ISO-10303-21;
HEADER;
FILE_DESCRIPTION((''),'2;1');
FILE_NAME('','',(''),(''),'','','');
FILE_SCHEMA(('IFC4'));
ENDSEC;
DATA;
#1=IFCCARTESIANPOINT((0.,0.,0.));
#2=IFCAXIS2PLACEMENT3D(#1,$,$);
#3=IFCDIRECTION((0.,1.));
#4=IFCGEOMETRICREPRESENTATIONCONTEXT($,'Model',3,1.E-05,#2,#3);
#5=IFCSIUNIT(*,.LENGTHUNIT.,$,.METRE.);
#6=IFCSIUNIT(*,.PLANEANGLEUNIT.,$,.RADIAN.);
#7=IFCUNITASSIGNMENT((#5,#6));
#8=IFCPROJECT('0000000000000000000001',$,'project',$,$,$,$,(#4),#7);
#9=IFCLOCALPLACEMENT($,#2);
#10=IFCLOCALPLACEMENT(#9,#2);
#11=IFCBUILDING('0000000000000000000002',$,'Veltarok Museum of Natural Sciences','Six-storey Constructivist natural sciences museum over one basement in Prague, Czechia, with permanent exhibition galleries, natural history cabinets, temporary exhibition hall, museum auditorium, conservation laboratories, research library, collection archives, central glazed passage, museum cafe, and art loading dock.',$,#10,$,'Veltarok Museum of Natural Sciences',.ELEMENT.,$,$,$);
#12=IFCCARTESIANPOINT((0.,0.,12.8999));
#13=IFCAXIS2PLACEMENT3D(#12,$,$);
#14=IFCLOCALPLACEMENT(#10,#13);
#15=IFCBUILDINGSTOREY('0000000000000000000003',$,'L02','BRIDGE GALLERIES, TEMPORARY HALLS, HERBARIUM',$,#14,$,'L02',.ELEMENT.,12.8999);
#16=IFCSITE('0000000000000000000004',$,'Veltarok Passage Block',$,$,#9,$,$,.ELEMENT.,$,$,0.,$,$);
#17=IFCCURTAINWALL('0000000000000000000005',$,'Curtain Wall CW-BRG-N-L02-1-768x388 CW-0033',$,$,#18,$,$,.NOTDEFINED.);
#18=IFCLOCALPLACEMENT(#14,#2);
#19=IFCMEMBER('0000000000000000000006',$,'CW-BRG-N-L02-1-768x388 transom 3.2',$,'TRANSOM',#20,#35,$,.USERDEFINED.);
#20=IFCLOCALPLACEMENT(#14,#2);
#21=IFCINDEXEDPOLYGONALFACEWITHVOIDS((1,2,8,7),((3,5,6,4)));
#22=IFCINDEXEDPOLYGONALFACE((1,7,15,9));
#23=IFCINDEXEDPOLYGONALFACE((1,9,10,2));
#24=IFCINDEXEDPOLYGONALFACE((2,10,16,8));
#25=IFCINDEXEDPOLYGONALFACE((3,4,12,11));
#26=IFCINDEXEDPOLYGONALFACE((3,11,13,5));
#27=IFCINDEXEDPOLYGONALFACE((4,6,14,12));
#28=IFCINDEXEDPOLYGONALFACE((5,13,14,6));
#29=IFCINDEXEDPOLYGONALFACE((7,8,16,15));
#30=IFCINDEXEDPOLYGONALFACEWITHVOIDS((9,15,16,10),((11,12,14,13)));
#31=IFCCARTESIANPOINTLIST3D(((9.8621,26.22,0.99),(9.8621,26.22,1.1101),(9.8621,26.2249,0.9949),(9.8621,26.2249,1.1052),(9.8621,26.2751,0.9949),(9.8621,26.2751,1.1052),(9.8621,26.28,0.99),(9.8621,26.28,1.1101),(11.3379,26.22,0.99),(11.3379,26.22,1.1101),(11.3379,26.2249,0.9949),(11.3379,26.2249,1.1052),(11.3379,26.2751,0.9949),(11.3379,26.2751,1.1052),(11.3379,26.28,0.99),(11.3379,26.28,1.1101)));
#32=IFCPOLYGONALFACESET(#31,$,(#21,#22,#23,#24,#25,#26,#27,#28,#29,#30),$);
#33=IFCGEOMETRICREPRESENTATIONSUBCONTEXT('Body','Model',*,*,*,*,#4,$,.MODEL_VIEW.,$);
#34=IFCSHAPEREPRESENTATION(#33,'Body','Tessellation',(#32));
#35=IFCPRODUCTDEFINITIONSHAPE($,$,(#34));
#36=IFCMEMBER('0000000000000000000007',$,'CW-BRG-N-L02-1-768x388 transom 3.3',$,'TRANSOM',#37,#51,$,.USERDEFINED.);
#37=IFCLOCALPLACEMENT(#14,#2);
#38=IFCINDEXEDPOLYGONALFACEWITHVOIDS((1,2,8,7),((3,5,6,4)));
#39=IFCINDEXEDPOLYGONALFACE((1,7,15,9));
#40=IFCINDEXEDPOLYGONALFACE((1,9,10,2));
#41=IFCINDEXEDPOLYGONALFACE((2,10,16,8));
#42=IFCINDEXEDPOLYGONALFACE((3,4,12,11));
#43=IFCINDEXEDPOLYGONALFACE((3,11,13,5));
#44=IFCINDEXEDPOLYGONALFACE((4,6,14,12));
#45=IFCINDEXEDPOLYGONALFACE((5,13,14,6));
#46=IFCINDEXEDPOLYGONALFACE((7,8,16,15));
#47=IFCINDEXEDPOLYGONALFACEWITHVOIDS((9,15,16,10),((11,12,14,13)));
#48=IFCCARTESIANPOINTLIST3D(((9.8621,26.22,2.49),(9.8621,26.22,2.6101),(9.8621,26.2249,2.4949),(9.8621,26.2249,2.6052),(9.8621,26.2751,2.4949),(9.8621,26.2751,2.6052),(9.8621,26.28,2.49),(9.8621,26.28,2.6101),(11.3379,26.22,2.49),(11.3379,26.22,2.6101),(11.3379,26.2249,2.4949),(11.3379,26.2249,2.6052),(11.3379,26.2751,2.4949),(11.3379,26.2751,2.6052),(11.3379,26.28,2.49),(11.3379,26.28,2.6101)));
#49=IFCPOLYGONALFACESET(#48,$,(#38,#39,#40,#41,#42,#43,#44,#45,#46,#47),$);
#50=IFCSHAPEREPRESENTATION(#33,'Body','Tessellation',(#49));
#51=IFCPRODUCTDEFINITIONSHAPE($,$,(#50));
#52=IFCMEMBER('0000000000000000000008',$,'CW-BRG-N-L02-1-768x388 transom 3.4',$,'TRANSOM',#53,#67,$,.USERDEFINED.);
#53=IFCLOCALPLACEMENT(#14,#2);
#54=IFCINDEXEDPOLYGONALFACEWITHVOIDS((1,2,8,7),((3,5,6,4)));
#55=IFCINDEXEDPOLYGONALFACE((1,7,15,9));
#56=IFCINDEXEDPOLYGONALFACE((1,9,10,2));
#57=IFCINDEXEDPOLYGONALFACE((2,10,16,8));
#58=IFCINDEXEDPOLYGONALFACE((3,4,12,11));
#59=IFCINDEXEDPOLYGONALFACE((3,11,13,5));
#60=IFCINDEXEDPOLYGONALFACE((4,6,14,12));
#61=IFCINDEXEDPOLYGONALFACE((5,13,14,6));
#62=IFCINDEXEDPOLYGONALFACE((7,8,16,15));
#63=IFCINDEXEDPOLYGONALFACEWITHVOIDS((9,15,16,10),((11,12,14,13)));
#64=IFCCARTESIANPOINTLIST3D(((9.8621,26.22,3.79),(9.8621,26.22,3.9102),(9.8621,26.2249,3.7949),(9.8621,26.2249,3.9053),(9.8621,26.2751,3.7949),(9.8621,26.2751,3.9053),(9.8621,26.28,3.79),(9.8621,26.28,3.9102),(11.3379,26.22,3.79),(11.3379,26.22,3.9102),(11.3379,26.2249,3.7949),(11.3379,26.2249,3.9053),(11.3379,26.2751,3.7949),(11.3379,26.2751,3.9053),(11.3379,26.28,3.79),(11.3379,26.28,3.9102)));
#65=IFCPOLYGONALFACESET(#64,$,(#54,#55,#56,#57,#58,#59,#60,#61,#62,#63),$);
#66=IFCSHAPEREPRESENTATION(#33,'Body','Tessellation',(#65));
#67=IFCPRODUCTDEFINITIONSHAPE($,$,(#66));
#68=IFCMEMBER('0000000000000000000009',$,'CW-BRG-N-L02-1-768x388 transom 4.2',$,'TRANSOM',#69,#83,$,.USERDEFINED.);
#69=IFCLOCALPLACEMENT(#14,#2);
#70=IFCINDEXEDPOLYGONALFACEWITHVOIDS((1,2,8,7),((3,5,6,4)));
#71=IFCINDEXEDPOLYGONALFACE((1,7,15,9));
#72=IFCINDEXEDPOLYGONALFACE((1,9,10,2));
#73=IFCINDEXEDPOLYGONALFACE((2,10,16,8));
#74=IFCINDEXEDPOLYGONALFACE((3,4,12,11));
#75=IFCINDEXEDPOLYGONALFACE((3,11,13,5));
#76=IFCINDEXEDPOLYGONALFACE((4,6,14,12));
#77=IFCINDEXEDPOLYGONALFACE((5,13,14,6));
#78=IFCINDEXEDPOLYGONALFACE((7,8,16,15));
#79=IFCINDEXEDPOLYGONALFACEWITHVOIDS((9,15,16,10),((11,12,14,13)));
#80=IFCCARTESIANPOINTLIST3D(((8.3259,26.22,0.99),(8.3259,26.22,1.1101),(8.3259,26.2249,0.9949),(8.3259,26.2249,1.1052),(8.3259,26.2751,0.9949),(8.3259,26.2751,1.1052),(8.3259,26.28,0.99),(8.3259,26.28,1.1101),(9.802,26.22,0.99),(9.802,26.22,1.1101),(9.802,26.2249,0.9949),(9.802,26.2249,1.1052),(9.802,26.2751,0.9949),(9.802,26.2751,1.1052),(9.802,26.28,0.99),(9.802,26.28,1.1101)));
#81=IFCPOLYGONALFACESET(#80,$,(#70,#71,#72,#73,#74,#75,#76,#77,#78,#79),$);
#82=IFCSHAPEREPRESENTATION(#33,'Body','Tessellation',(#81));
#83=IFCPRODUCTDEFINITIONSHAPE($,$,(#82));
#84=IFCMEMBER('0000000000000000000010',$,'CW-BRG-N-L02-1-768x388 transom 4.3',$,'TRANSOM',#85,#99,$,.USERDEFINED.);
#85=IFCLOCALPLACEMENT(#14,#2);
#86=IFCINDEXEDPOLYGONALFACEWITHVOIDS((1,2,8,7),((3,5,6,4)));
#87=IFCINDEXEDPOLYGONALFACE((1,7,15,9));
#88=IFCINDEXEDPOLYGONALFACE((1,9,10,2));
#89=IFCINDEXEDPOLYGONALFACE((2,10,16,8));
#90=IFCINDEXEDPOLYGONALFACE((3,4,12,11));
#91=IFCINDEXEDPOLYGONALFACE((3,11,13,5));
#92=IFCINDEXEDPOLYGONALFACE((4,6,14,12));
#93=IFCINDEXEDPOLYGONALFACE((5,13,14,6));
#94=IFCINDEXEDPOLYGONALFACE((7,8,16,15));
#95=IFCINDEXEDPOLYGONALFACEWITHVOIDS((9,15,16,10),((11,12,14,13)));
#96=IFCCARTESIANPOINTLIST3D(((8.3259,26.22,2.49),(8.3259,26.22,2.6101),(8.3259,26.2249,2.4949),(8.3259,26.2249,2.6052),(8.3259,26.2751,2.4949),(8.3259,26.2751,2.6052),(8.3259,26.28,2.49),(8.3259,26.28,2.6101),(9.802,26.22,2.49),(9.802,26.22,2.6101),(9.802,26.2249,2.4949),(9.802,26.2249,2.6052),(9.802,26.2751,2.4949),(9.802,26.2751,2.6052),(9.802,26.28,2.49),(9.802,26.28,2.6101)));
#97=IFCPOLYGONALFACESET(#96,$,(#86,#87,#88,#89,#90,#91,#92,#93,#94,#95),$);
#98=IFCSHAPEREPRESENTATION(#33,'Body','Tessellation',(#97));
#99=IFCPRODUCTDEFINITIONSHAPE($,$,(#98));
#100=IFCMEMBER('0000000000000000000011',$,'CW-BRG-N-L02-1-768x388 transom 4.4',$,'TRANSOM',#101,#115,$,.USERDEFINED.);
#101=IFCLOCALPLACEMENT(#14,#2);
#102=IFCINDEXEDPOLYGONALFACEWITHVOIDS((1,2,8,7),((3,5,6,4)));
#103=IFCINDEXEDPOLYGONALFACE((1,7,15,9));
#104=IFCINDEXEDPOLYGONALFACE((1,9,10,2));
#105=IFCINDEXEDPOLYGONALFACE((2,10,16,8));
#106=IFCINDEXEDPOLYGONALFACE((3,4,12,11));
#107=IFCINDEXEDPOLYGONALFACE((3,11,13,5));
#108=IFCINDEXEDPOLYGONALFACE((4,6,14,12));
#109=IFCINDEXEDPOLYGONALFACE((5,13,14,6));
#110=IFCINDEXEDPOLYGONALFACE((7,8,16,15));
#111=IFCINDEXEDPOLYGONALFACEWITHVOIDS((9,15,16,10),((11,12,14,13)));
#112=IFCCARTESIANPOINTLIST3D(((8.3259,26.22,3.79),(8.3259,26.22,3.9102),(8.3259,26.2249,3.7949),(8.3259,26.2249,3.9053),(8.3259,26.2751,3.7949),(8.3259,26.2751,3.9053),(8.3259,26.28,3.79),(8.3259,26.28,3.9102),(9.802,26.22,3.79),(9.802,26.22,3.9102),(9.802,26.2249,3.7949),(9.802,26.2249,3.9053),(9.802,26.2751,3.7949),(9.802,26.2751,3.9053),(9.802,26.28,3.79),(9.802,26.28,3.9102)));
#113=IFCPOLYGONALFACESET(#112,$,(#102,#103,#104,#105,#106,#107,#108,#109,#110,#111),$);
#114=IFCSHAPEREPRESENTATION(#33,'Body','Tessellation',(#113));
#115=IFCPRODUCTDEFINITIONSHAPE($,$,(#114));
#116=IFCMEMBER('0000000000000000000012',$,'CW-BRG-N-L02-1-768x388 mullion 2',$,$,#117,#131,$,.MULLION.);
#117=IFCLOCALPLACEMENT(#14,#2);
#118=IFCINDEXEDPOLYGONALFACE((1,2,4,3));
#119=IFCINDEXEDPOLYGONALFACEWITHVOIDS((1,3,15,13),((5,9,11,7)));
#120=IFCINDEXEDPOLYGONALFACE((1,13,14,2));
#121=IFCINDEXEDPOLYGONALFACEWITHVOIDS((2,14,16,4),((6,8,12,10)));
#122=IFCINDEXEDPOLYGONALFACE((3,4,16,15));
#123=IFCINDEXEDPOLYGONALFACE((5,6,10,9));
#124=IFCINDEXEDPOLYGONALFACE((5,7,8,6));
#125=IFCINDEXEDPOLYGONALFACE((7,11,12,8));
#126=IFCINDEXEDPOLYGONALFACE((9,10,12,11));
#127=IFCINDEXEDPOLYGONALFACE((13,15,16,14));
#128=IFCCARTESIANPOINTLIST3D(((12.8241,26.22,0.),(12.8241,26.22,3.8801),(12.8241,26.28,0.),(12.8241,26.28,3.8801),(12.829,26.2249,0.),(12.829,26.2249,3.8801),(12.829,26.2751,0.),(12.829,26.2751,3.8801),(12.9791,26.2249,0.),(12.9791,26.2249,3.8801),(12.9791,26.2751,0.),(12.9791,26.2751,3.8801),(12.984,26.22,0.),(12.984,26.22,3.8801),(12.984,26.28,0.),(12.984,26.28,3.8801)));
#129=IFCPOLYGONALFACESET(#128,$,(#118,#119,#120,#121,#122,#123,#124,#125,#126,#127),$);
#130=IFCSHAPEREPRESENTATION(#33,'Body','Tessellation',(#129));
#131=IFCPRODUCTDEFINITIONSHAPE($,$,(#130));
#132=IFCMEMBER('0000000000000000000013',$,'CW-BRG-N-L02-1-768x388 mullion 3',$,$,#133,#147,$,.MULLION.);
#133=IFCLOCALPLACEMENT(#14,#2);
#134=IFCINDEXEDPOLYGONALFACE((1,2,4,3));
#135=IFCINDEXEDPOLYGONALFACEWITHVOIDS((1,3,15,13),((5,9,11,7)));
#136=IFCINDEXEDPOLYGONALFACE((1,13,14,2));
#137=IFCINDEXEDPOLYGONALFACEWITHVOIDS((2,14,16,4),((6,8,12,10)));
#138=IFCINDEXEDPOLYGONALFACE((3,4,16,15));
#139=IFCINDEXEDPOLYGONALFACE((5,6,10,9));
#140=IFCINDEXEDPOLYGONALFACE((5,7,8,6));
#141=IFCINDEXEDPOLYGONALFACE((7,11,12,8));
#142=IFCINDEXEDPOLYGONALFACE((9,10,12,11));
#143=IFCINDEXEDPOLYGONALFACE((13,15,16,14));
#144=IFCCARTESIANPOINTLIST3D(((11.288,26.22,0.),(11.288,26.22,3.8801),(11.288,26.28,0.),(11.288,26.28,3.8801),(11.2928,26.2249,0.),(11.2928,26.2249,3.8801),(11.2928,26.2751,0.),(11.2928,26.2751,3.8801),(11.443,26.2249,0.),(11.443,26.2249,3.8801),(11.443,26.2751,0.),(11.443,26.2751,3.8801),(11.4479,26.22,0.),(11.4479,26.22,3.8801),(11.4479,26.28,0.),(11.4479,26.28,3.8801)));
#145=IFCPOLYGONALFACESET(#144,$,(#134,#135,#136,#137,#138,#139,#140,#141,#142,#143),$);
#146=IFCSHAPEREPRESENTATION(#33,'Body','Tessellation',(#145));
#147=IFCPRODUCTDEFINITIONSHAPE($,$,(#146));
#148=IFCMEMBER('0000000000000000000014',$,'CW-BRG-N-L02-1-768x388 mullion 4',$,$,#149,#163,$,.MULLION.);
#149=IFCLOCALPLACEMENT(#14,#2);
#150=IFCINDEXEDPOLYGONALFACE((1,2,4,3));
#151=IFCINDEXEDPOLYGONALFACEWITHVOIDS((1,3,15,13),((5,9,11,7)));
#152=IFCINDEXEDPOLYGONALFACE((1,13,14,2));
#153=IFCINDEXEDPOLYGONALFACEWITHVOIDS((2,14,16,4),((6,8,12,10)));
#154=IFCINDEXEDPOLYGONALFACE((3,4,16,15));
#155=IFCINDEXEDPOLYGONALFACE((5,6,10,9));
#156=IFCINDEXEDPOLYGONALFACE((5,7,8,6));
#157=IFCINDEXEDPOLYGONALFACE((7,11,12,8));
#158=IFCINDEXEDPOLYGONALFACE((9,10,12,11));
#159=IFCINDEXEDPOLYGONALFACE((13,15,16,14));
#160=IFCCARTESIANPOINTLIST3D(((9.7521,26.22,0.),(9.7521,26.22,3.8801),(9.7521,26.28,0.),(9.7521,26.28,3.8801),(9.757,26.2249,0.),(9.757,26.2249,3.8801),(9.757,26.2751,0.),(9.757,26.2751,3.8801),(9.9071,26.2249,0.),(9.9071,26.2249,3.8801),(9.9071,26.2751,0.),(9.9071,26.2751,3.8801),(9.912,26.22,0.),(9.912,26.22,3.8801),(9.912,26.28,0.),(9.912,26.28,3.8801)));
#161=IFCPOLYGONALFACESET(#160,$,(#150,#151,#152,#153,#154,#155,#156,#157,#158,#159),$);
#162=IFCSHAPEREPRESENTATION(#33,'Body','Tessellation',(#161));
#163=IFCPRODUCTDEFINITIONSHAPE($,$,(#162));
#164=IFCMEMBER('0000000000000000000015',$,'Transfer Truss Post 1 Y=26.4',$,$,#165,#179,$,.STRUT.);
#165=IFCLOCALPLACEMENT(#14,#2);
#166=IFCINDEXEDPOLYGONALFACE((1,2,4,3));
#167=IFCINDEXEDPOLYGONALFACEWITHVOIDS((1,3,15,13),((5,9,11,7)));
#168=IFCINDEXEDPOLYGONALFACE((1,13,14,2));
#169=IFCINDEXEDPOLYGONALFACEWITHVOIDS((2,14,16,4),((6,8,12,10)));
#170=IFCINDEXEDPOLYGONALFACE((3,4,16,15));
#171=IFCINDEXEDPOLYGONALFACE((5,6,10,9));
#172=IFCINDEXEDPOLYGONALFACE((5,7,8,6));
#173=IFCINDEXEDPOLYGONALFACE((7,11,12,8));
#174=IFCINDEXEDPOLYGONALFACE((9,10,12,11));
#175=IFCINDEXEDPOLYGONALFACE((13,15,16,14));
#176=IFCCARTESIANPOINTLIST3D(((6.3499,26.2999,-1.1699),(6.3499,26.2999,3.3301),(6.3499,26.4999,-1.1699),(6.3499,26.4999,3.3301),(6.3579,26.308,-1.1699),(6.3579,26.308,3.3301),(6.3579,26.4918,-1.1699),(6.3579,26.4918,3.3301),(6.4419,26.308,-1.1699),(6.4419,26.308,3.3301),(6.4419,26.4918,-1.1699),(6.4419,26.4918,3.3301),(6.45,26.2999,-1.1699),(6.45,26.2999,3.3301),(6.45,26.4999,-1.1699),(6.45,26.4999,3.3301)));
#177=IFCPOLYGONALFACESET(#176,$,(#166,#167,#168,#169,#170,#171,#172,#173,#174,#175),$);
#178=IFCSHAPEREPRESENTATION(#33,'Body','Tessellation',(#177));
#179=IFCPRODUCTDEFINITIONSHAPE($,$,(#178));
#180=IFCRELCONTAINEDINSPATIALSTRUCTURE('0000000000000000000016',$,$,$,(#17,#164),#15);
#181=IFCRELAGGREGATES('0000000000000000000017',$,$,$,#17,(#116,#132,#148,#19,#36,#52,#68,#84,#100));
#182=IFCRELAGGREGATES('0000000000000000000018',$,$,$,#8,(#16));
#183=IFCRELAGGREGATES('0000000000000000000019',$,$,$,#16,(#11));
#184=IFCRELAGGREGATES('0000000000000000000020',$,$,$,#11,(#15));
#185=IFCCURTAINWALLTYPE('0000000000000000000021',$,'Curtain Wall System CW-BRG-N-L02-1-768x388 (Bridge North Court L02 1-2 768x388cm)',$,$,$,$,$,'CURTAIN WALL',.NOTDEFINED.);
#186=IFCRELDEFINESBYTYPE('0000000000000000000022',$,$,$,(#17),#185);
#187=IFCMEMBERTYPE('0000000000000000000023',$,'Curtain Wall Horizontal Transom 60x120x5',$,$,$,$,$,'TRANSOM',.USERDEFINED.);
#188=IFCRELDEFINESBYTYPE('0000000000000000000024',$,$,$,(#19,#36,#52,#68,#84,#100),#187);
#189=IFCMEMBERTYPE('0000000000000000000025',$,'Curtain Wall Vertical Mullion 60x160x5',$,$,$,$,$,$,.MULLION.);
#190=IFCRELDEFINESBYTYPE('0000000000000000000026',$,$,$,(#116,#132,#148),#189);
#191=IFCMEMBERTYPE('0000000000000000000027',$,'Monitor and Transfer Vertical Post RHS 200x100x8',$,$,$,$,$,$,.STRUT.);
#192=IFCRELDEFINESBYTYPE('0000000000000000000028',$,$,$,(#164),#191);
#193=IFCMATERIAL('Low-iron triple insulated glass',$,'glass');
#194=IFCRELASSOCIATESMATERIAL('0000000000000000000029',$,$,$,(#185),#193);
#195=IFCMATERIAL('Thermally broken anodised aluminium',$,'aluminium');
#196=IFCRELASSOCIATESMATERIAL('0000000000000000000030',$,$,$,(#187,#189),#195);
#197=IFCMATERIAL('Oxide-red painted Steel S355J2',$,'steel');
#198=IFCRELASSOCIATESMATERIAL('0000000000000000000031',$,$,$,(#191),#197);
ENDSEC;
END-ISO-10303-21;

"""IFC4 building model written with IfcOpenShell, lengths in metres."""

from ifc_helpers import new_model, si_unit, direction, frame, origin, origin_2d, place, context, subcontext, project, spatial, hollow_rectangle, extrude, material, material_profile, profile_set, type_object, element, aggregate, save


model = new_model("IFC4")

# Units and contexts
model_context = context("Model", 3, precision=1e-05, world=origin(), true_north=direction((0.0, 1.0)))
body_context = subcontext(model_context, "Body", "Model", "MODEL_VIEW")
ifc_project = project(units=[si_unit("LENGTHUNIT", "METRE"), si_unit("PLANEANGLEUNIT", "RADIAN")], contexts=[model_context])

# Site, building, storey
site_placement = place(None, origin())
site = spatial("IfcSite", under=ifc_project, at=site_placement, Name="Veltarok Passage Block", CompositionType="ELEMENT", RefElevation=0.0)
building_placement = place(site_placement, origin())
building = spatial("IfcBuilding", under=site, at=building_placement, Name="Veltarok Museum of Natural Sciences", Description="Six-storey Constructivist natural sciences museum over one basement in Prague, Czechia, with permanent exhibition galleries, natural history cabinets, temporary exhibition hall, museum auditorium, conservation laboratories, research library, collection archives, central glazed passage, museum cafe, and art loading dock.", LongName="Veltarok Museum of Natural Sciences", CompositionType="ELEMENT")
storey_placement = place(building_placement, frame((0.0, 0.0, 12.8999)))
storey = spatial("IfcBuildingStorey", under=building, at=storey_placement, Name="L02", Description="BRIDGE GALLERIES, TEMPORARY HALLS, HERBARIUM", LongName="L02", CompositionType="ELEMENT", Elevation=12.8999)

# Curtain wall, members
ifc_material_1 = material(Name="Low-iron triple insulated glass", Category="glass")
curtain_wall_type = type_object("IfcCurtainWallType", Name="Curtain Wall System CW-BRG-N-L02-1-768x388 (Bridge North Court L02 1-2 768x388cm)", ElementType="CURTAIN WALL", PredefinedType="NOTDEFINED", material=ifc_material_1)
curtain_wall_placement = place(storey_placement, origin())
curtain_wall = element("IfcCurtainWall", 1, at=curtain_wall_placement, inside=storey, type_object=curtain_wall_type, Name="Curtain Wall CW-BRG-N-L02-1-768x388 CW-0033", PredefinedType="NOTDEFINED")
ifc_material_2 = material(Name="Thermally broken anodised aluminium", Category="aluminium")
ifc_material_profile_1 = material_profile(ifc_material_2, hollow_rectangle(XDim=0.0601, YDim=0.1201, WallThickness=0.0049, at=origin_2d()), Name="CW TRANSOM 60x120x5")
ifc_profile_set_1 = profile_set([ifc_material_profile_1], Name="Thermally broken anodised aluminium")
member_type_1 = type_object("IfcMemberType", Name="Curtain Wall Horizontal Transom 60x120x5", ElementType="TRANSOM", PredefinedType="USERDEFINED", material=ifc_profile_set_1)
member_1_placement = place(storey_placement, frame((11.3379, 26.25, 1.05), z_axis=(-1.0, 0.0, 0.0), x_axis=(0.0, -1.0, 0.0)))
member_1 = element("IfcMember", 2, at=member_1_placement, type_object=member_type_1, Name="CW-BRG-N-L02-1-768x388 transom 3.2", ObjectType="TRANSOM", PredefinedType="USERDEFINED", context=body_context, shape_type="SweptSolid", body=[
    extrude(hollow_rectangle(XDim=0.0601, YDim=0.1201, WallThickness=0.0049, at=origin_2d()), origin(), (0.0, 0.0, 1.0), 1.4758),
])
member_2_placement = place(storey_placement, frame((11.3379, 26.25, 2.55), z_axis=(-1.0, 0.0, 0.0), x_axis=(0.0, -1.0, 0.0)))
member_2 = element("IfcMember", 3, at=member_2_placement, type_object=member_type_1, Name="CW-BRG-N-L02-1-768x388 transom 3.3", ObjectType="TRANSOM", PredefinedType="USERDEFINED", context=body_context, shape_type="SweptSolid", body=[
    extrude(hollow_rectangle(XDim=0.0601, YDim=0.1201, WallThickness=0.0049, at=origin_2d()), origin(), (0.0, 0.0, 1.0), 1.4758),
])
member_3_placement = place(storey_placement, frame((11.3379, 26.25, 3.8501), z_axis=(-1.0, 0.0, 0.0), x_axis=(0.0, -1.0, 0.0)))
member_3 = element("IfcMember", 4, at=member_3_placement, type_object=member_type_1, Name="CW-BRG-N-L02-1-768x388 transom 3.4", ObjectType="TRANSOM", PredefinedType="USERDEFINED", context=body_context, shape_type="SweptSolid", body=[
    extrude(hollow_rectangle(XDim=0.0601, YDim=0.1201, WallThickness=0.0049, at=origin_2d()), origin(), (0.0, 0.0, 1.0), 1.4758),
])
member_4_placement = place(storey_placement, frame((9.802, 26.25, 1.05), z_axis=(-1.0, 0.0, 0.0), x_axis=(0.0, -1.0, 0.0)))
member_4 = element("IfcMember", 5, at=member_4_placement, type_object=member_type_1, Name="CW-BRG-N-L02-1-768x388 transom 4.2", ObjectType="TRANSOM", PredefinedType="USERDEFINED", context=body_context, shape_type="SweptSolid", body=[
    extrude(hollow_rectangle(XDim=0.0601, YDim=0.1201, WallThickness=0.0049, at=origin_2d()), origin(), (0.0, 0.0, 1.0), 1.4761),
])
member_5_placement = place(storey_placement, frame((9.802, 26.25, 2.55), z_axis=(-1.0, 0.0, 0.0), x_axis=(0.0, -1.0, 0.0)))
member_5 = element("IfcMember", 6, at=member_5_placement, type_object=member_type_1, Name="CW-BRG-N-L02-1-768x388 transom 4.3", ObjectType="TRANSOM", PredefinedType="USERDEFINED", context=body_context, shape_type="SweptSolid", body=[
    extrude(hollow_rectangle(XDim=0.0601, YDim=0.1201, WallThickness=0.0049, at=origin_2d()), origin(), (0.0, 0.0, 1.0), 1.4761),
])
member_6_placement = place(storey_placement, frame((9.802, 26.25, 3.8501), z_axis=(-1.0, 0.0, 0.0), x_axis=(0.0, -1.0, 0.0)))
member_6 = element("IfcMember", 7, at=member_6_placement, type_object=member_type_1, Name="CW-BRG-N-L02-1-768x388 transom 4.4", ObjectType="TRANSOM", PredefinedType="USERDEFINED", context=body_context, shape_type="SweptSolid", body=[
    extrude(hollow_rectangle(XDim=0.0601, YDim=0.1201, WallThickness=0.0049, at=origin_2d()), origin(), (0.0, 0.0, 1.0), 1.4761),
])
ifc_material_profile_2 = material_profile(ifc_material_2, hollow_rectangle(XDim=0.0601, YDim=0.1599, WallThickness=0.0049, at=origin_2d()), Name="CW MULLION 60x160x5")
ifc_profile_set_2 = profile_set([ifc_material_profile_2], Name="Thermally broken anodised aluminium")
member_type_2 = type_object("IfcMemberType", Name="Curtain Wall Vertical Mullion 60x160x5", PredefinedType="MULLION", material=ifc_profile_set_2)
member_7_placement = place(storey_placement, frame((12.9041, 26.25, 0.0), z_axis=(0.0, 0.0, 1.0), x_axis=(0.0, -1.0, 0.0)))
member_7 = element("IfcMember", 8, at=member_7_placement, type_object=member_type_2, Name="CW-BRG-N-L02-1-768x388 mullion 2", PredefinedType="MULLION", context=body_context, shape_type="SweptSolid", body=[
    extrude(hollow_rectangle(XDim=0.0601, YDim=0.1599, WallThickness=0.0049, at=origin_2d()), origin(), (0.0, 0.0, 1.0), 3.8801),
])
member_8_placement = place(storey_placement, frame((11.3679, 26.25, 0.0), z_axis=(0.0, 0.0, 1.0), x_axis=(0.0, -1.0, 0.0)))
member_8 = element("IfcMember", 9, at=member_8_placement, type_object=member_type_2, Name="CW-BRG-N-L02-1-768x388 mullion 3", PredefinedType="MULLION", context=body_context, shape_type="SweptSolid", body=[
    extrude(hollow_rectangle(XDim=0.0601, YDim=0.1599, WallThickness=0.0049, at=origin_2d()), origin(), (0.0, 0.0, 1.0), 3.8801),
])
member_9_placement = place(storey_placement, frame((9.832, 26.25, 0.0), z_axis=(0.0, 0.0, 1.0), x_axis=(0.0, -1.0, 0.0)))
member_9 = element("IfcMember", 10, at=member_9_placement, type_object=member_type_2, Name="CW-BRG-N-L02-1-768x388 mullion 4", PredefinedType="MULLION", context=body_context, shape_type="SweptSolid", body=[
    extrude(hollow_rectangle(XDim=0.0601, YDim=0.1599, WallThickness=0.0049, at=origin_2d()), origin(), (0.0, 0.0, 1.0), 3.8801),
])

# Member
ifc_material_3 = material(Name="Oxide-red painted Steel S355J2", Category="steel")
ifc_material_profile_3 = material_profile(ifc_material_3, hollow_rectangle(XDim=0.1001, YDim=0.2, WallThickness=0.0081, at=origin_2d()), Name="RHS 200x100x8")
ifc_profile_set_3 = profile_set([ifc_material_profile_3], Name="Oxide-red painted Steel S355J2")
member_type_3 = type_object("IfcMemberType", Name="Monitor and Transfer Vertical Post RHS 200x100x8", PredefinedType="STRUT", material=ifc_profile_set_3)
member_10_placement = place(storey_placement, frame((6.3999, 26.3999, -1.1699), z_axis=(0.0, 0.0, 1.0), x_axis=(1.0, 0.0, 0.0)))
element("IfcMember", 11, at=member_10_placement, inside=storey, type_object=member_type_3, Name="Transfer Truss Post 1 Y=26.4", PredefinedType="STRUT", context=body_context, shape_type="SweptSolid", body=[
    extrude(hollow_rectangle(XDim=0.1001, YDim=0.2, WallThickness=0.0081, at=origin_2d()), origin(), (0.0, 0.0, 1.0), 4.5),
])

aggregate(curtain_wall, [member_7, member_8, member_9, member_1, member_2, member_3, member_4, member_5, member_6])

save(model, "model.ifc")
